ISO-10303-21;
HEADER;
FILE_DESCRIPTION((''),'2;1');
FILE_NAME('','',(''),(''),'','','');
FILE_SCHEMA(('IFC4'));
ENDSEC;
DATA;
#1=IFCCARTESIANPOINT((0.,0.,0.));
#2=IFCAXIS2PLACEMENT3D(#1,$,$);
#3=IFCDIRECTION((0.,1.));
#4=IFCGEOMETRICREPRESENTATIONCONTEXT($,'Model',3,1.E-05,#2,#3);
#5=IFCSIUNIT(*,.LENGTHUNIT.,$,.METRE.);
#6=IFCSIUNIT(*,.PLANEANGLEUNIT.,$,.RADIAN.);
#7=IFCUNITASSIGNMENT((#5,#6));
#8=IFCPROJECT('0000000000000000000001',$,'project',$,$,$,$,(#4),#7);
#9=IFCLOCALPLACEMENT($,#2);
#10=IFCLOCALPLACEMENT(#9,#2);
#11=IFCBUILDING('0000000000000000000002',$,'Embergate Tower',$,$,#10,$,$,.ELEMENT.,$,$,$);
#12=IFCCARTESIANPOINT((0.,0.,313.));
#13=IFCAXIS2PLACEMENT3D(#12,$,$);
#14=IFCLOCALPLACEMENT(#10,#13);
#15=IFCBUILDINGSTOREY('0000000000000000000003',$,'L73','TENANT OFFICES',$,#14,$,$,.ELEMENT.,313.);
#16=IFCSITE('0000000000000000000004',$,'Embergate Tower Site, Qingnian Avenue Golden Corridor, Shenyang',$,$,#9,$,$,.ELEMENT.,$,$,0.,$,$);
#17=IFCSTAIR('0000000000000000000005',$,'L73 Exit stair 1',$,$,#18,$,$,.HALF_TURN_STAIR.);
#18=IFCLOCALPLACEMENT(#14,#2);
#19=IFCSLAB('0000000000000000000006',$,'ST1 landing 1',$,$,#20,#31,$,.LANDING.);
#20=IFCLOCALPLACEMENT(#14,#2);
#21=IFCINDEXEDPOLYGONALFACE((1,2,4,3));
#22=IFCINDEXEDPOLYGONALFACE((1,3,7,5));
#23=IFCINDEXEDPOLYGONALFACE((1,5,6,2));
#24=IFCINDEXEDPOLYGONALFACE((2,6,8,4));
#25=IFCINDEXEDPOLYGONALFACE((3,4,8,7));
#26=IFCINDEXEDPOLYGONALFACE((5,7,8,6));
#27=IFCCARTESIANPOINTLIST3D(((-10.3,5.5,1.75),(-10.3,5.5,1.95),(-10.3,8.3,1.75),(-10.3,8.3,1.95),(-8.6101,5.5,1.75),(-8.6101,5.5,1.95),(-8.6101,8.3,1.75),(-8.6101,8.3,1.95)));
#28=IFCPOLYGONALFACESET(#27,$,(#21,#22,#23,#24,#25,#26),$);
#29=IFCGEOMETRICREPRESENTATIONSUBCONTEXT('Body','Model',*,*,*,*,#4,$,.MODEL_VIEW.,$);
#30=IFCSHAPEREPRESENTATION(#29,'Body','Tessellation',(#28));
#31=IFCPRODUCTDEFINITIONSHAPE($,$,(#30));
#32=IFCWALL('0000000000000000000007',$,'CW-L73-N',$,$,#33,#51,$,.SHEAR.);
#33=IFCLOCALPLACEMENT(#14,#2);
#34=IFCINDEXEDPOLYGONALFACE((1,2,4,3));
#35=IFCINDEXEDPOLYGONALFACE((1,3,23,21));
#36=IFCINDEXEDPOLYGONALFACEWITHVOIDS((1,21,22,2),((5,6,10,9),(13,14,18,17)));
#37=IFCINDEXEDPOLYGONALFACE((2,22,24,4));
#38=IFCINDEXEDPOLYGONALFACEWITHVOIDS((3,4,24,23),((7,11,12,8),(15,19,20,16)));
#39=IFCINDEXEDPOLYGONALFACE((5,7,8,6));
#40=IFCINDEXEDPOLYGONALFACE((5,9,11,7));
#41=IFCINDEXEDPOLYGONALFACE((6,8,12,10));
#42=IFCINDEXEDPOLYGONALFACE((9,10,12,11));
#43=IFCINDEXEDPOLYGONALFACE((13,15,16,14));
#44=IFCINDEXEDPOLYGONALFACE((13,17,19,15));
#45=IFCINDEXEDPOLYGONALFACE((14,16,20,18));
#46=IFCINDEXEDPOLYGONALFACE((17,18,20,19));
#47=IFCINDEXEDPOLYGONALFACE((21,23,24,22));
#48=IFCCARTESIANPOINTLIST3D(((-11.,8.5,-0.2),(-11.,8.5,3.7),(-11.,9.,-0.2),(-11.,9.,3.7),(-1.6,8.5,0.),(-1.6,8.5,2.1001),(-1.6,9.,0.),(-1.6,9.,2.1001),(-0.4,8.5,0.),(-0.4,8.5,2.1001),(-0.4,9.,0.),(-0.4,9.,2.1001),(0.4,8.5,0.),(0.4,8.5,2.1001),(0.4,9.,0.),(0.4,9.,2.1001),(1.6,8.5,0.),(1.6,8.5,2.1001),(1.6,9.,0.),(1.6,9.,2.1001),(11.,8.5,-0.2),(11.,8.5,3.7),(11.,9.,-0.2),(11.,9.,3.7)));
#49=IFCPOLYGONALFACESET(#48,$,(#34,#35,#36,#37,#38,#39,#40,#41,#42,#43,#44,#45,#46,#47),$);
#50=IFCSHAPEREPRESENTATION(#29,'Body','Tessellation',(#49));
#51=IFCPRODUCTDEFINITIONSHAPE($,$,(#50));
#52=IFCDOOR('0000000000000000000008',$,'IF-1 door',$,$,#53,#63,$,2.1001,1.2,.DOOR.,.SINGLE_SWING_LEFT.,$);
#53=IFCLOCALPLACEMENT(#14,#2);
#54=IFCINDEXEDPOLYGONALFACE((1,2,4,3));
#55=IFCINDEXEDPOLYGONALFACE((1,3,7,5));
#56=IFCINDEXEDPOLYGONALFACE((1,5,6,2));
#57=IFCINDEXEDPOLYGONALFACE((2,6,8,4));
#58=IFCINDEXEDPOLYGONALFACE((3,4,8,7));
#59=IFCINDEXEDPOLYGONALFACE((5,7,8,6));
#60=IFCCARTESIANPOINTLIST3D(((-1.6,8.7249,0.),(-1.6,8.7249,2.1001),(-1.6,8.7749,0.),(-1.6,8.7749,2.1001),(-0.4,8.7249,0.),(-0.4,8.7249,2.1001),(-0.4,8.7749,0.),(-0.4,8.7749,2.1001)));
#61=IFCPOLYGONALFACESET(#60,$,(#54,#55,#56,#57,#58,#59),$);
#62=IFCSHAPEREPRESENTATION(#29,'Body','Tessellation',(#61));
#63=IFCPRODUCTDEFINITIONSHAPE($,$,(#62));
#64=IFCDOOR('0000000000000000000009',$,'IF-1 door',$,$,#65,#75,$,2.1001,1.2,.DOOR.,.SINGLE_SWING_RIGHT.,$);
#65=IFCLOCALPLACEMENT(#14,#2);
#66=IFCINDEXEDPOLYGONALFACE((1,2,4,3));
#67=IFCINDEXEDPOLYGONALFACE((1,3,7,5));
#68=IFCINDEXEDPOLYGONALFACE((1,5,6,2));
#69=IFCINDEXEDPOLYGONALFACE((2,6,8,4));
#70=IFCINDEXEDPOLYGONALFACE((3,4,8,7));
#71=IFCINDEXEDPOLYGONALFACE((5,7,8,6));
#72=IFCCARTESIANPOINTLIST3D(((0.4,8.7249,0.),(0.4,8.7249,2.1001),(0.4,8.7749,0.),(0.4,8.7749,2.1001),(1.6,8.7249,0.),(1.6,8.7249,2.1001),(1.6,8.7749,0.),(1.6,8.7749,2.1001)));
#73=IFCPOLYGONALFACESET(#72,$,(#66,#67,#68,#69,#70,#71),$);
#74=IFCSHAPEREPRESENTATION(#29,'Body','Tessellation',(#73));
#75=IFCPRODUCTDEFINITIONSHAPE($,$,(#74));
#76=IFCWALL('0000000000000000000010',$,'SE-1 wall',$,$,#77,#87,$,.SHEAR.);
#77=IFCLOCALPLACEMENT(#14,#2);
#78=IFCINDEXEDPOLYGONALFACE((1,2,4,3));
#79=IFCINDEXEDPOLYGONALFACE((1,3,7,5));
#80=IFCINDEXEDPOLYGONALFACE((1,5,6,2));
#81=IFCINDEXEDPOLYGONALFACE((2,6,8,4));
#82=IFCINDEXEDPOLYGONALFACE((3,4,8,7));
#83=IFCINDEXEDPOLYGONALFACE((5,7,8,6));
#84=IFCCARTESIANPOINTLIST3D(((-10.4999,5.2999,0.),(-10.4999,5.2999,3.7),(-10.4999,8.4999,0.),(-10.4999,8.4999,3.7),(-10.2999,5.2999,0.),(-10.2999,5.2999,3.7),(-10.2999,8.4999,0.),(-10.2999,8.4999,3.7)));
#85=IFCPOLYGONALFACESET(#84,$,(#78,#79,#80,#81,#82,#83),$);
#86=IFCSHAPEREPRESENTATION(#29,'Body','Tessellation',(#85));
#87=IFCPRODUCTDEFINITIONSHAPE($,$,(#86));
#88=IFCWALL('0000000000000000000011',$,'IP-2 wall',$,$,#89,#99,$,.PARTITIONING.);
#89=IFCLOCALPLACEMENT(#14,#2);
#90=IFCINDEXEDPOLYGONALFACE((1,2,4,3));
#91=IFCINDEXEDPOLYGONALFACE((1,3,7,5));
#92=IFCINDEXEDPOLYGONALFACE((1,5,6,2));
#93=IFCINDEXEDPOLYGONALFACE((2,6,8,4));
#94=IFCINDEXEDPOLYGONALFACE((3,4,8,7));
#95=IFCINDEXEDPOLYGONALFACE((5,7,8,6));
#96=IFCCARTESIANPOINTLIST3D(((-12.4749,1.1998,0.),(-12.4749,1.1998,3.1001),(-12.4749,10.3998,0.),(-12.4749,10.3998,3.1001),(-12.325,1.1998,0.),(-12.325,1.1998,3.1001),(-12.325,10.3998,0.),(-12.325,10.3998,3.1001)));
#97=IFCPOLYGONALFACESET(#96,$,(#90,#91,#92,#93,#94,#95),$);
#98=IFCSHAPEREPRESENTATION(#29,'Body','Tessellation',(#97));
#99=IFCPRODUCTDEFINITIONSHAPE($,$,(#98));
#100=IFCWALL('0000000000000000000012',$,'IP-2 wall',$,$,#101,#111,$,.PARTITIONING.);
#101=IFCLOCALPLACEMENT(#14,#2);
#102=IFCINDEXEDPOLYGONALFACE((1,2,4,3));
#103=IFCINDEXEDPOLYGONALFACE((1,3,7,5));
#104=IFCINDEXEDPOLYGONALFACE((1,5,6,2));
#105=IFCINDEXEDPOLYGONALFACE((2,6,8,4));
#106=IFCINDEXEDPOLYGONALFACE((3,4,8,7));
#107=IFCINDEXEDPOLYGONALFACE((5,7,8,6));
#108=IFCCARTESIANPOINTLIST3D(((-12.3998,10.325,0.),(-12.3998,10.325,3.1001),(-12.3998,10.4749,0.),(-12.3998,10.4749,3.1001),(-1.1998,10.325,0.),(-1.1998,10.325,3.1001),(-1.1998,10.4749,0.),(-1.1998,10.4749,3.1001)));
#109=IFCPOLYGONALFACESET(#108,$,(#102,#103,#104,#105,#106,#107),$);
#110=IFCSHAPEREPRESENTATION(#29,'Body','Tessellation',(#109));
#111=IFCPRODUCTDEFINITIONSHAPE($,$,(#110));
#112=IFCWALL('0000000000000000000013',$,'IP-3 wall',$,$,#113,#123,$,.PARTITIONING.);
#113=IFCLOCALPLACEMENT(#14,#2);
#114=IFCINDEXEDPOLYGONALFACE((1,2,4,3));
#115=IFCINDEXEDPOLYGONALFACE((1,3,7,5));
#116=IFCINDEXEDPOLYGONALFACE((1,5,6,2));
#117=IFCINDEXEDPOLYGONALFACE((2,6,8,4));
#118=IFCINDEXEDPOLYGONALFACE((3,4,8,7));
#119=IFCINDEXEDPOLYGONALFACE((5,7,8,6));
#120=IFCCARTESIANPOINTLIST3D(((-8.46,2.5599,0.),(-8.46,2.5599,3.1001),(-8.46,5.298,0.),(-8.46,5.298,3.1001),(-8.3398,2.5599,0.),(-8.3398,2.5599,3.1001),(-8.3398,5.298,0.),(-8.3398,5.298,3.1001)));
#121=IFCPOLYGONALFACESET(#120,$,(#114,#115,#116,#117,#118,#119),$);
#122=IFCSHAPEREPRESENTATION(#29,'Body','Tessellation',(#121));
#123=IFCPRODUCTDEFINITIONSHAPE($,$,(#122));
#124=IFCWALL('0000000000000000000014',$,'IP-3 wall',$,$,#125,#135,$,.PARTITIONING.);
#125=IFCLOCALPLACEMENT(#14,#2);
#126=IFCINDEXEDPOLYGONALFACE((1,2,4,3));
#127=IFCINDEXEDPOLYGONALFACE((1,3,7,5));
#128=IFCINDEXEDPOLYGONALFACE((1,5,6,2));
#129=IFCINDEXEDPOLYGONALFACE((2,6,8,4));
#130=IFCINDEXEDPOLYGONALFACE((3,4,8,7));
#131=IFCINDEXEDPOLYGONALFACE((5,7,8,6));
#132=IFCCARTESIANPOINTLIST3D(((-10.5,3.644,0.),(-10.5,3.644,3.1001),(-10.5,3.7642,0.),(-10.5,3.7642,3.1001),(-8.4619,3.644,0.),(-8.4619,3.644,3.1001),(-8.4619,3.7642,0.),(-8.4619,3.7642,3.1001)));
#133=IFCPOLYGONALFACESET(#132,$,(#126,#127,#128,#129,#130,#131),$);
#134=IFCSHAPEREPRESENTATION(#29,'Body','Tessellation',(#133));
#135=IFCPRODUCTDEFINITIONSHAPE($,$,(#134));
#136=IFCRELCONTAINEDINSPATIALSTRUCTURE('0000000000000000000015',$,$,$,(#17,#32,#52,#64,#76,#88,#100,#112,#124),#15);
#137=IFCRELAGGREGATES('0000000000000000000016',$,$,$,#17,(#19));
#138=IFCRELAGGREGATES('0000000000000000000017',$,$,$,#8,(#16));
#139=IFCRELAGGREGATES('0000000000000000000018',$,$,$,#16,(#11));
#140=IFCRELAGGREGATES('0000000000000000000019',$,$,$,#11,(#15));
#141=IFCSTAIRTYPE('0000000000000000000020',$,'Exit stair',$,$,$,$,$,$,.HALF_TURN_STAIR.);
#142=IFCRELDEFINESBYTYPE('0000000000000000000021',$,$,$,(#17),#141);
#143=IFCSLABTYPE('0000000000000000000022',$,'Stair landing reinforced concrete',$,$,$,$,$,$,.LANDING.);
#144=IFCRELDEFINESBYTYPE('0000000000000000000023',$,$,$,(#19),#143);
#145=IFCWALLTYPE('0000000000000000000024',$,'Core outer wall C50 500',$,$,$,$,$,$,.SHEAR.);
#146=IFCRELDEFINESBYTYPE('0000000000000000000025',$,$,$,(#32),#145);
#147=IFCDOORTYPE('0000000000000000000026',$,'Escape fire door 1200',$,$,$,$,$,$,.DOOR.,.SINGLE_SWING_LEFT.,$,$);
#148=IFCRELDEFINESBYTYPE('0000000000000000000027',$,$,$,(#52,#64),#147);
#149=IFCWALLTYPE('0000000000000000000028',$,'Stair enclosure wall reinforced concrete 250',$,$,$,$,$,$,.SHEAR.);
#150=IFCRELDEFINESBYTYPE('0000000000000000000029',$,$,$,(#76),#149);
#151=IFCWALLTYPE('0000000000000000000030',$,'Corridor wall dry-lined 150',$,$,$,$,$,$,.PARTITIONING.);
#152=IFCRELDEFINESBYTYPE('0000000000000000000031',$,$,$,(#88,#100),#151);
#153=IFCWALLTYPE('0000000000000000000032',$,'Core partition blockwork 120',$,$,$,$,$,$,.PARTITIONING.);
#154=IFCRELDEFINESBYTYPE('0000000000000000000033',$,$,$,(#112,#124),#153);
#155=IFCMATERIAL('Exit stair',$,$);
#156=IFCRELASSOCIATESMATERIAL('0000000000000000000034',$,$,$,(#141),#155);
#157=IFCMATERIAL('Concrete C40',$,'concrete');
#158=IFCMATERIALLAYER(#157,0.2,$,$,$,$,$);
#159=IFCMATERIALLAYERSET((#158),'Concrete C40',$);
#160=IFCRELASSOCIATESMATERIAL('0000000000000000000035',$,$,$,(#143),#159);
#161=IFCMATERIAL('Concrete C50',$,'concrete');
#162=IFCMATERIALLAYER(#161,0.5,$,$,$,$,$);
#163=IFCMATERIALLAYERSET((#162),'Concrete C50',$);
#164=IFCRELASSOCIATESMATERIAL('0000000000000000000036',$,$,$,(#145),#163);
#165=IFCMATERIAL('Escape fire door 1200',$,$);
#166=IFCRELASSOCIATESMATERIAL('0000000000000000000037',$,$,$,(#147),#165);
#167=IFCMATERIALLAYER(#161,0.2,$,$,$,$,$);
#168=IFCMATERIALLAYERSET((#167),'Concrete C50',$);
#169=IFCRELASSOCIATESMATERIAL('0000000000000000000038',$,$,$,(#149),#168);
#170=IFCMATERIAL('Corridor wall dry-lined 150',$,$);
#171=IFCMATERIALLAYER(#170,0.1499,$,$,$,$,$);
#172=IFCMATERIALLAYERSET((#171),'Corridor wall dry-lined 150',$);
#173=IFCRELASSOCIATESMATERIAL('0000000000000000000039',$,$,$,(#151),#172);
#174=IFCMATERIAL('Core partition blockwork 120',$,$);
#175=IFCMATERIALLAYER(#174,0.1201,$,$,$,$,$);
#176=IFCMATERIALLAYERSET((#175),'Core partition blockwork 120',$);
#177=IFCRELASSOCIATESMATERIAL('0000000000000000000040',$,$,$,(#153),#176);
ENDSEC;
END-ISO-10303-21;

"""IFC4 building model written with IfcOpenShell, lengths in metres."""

from ifc_helpers import new_model, si_unit, direction, frame, frame_2d, origin, place, context, subcontext, project, spatial, polyline, rectangle, outline, extrude, source, transform, mapped, material, layer, layer_set, type_object, element, fill, aggregate, save


model = new_model("IFC4")

# Units and contexts
model_context = context("Model", 3, precision=1e-05, world=origin(), true_north=direction((0.0, 1.0)))
body_context = subcontext(model_context, "Body", "Model", "MODEL_VIEW")
ifc_project = project(units=[si_unit("LENGTHUNIT", "METRE"), si_unit("PLANEANGLEUNIT", "RADIAN")], contexts=[model_context])

# Site, building, storey
site_placement = place(None, origin())
site = spatial("IfcSite", under=ifc_project, at=site_placement, Name="Embergate Tower Site, Qingnian Avenue Golden Corridor, Shenyang", CompositionType="ELEMENT", RefElevation=0.0)
building_placement = place(site_placement, origin())
building = spatial("IfcBuilding", under=site, at=building_placement, Name="Embergate Tower", CompositionType="ELEMENT")
storey_placement = place(building_placement, frame((0.0, 0.0, 313.0)))
storey = spatial("IfcBuildingStorey", under=building, at=storey_placement, Name="L73", Description="TENANT OFFICES", CompositionType="ELEMENT", Elevation=313.0)

# Stair, slab
ifc_material_1 = material(Name="Exit stair")
stair_type = type_object("IfcStairType", Name="Exit stair", PredefinedType="HALF_TURN_STAIR", material=ifc_material_1)
stair_placement = place(storey_placement, origin())
stair = element("IfcStair", 1, at=stair_placement, inside=storey, type_object=stair_type, Name="L73 Exit stair 1", PredefinedType="HALF_TURN_STAIR")
ifc_material_2 = material(Name="Concrete C40", Category="concrete")
ifc_layer_1 = layer(ifc_material_2, 0.2)
ifc_layer_set_1 = layer_set([ifc_layer_1], Name="Concrete C40")
slab_type = type_object("IfcSlabType", Name="Stair landing reinforced concrete", PredefinedType="LANDING", material=ifc_layer_set_1)
shared_shape_1 = source(origin(), body_context, "Body", "SweptSolid", [
    extrude(outline(polyline([(0.0, 0.0), (1.6899, 0.0), (1.6899, 2.8), (0.0, 2.8), (0.0, 0.0)])), origin(), (0.0, 0.0, 1.0), 0.2),
])
slab_placement = place(storey_placement, frame((-10.3, 5.5, 1.75)))
slab = element("IfcSlab", 2, at=slab_placement, type_object=slab_type, Name="ST1 landing 1", PredefinedType="LANDING", context=body_context, shape_type="MappedRepresentation", body=[
    mapped(shared_shape_1, transform((0.0, 0.0, 0.0))),
])

# Wall, openings, doors
ifc_material_3 = material(Name="Concrete C50", Category="concrete")
ifc_layer_2 = layer(ifc_material_3, 0.5)
ifc_layer_set_2 = layer_set([ifc_layer_2], Name="Concrete C50")
wall_type_1 = type_object("IfcWallType", Name="Core outer wall C50 500", PredefinedType="SHEAR", material=ifc_layer_set_2)
shared_shape_2 = source(origin(), body_context, "Body", "SweptSolid", [
    extrude(rectangle(XDim=22.0, YDim=0.5, at=frame_2d((11.0, 0.0))), origin(), (0.0, 0.0, 1.0), 3.8999),
])
wall_1_placement = place(storey_placement, frame((-11.0, 8.75, -0.2), z_axis=(0.0, 0.0, 1.0), x_axis=(1.0, 0.0, 0.0)))
wall_1 = element("IfcWall", 3, at=wall_1_placement, inside=storey, type_object=wall_type_1, Name="CW-L73-N", PredefinedType="SHEAR", context=body_context, shape_type="MappedRepresentation", body=[
    mapped(shared_shape_2, transform((0.0, 0.0, 0.0))),
])
shared_shape_3 = source(origin(), body_context, "Body", "SweptSolid", [
    extrude(rectangle(XDim=1.2, YDim=2.1001, at=frame_2d((0.6001, 1.05))), frame((0.0, 0.26, 0.0), z_axis=(0.0, -1.0, 0.0), x_axis=(1.0, 0.0, 0.0)), (0.0, 0.0, 1.0), 0.52),
])
opening_1_placement = place(wall_1_placement, frame((9.3999, 0.0, 0.2)))
opening_1 = element("IfcOpeningElement", 4, at=opening_1_placement, cuts=wall_1, PredefinedType="OPENING", context=body_context, shape_type="MappedRepresentation", body=[
    mapped(shared_shape_3, transform((0.0, 0.0, 0.0))),
])
opening_2_placement = place(wall_1_placement, frame((11.3999, 0.0, 0.2)))
opening_2 = element("IfcOpeningElement", 5, at=opening_2_placement, cuts=wall_1, PredefinedType="OPENING", context=body_context, shape_type="MappedRepresentation", body=[
    mapped(shared_shape_3, transform((0.0, 0.0, 0.0))),
])
ifc_material_4 = material(Name="Escape fire door 1200")
door_type_1 = type_object("IfcDoorType", Name="Escape fire door 1200", OperationType="SINGLE_SWING_LEFT", PredefinedType="DOOR", material=ifc_material_4)
shared_shape_4 = source(origin(), body_context, "Body", "SweptSolid", [
    extrude(rectangle(XDim=1.2, YDim=2.1001, at=frame_2d((0.6001, 1.05))), frame((0.0, 0.0249, 0.0), z_axis=(0.0, -1.0, 0.0), x_axis=(1.0, 0.0, 0.0)), (0.0, 0.0, 1.0), 0.05),
])
door_1_placement = place(opening_1_placement, origin())
door_1 = element("IfcDoor", 6, at=door_1_placement, inside=storey, type_object=door_type_1, Name="IF-1 door", OperationType="SINGLE_SWING_LEFT", OverallHeight=2.1001, OverallWidth=1.2, PredefinedType="DOOR", context=body_context, shape_type="MappedRepresentation", body=[
    mapped(shared_shape_4, transform((0.0, 0.0, 0.0))),
])
fill(opening_1, door_1)
door_2_placement = place(opening_2_placement, origin())
door_2 = element("IfcDoor", 7, at=door_2_placement, inside=storey, type_object=door_type_1, Name="IF-1 door", OperationType="SINGLE_SWING_RIGHT", OverallHeight=2.1001, OverallWidth=1.2, PredefinedType="DOOR", context=body_context, shape_type="MappedRepresentation", body=[
    mapped(shared_shape_4, transform((0.0, 0.0, 0.0))),
])
fill(opening_2, door_2)

# Walls
ifc_layer_3 = layer(ifc_material_3, 0.2)
ifc_layer_set_3 = layer_set([ifc_layer_3], Name="Concrete C50")
wall_type_2 = type_object("IfcWallType", Name="Stair enclosure wall reinforced concrete 250", PredefinedType="SHEAR", material=ifc_layer_set_3)
shared_shape_5 = source(origin(), body_context, "Body", "SweptSolid", [
    extrude(rectangle(XDim=3.2, YDim=0.2, at=frame_2d((1.6001, 0.0))), origin(), (0.0, 0.0, 1.0), 3.7),
])
wall_2_placement = place(storey_placement, frame((-10.3999, 8.5, 0.0), z_axis=(0.0, 0.0, 1.0), x_axis=(0.0, -1.0, 0.0)))
element("IfcWall", 8, at=wall_2_placement, inside=storey, type_object=wall_type_2, Name="SE-1 wall", PredefinedType="SHEAR", context=body_context, shape_type="MappedRepresentation", body=[
    mapped(shared_shape_5, transform((0.0, 0.0, 0.0))),
])
ifc_material_5 = material(Name="Corridor wall dry-lined 150")
ifc_layer_4 = layer(ifc_material_5, 0.1499)
ifc_layer_set_4 = layer_set([ifc_layer_4], Name="Corridor wall dry-lined 150")
wall_type_3 = type_object("IfcWallType", Name="Corridor wall dry-lined 150", PredefinedType="PARTITIONING", material=ifc_layer_set_4)
shared_shape_6 = source(origin(), body_context, "Body", "SweptSolid", [
    extrude(rectangle(XDim=9.2, YDim=0.1499, at=frame_2d((4.6001, 0.0))), origin(), (0.0, 0.0, 1.0), 3.1001),
])
wall_3_placement = place(storey_placement, frame((-12.3999, 10.3999, 0.0), z_axis=(0.0, 0.0, 1.0), x_axis=(0.0, -1.0, 0.0)))
element("IfcWall", 9, at=wall_3_placement, inside=storey, type_object=wall_type_3, Name="IP-2 wall", PredefinedType="PARTITIONING", context=body_context, shape_type="MappedRepresentation", body=[
    mapped(shared_shape_6, transform((0.0, 0.0, 0.0))),
])
shared_shape_7 = source(origin(), body_context, "Body", "SweptSolid", [
    extrude(rectangle(XDim=11.2, YDim=0.1499, at=frame_2d((5.6001, 0.0))), origin(), (0.0, 0.0, 1.0), 3.1001),
])
wall_4_placement = place(storey_placement, frame((-12.3999, 10.3999, 0.0), z_axis=(0.0, 0.0, 1.0), x_axis=(1.0, 0.0, 0.0)))
element("IfcWall", 10, at=wall_4_placement, inside=storey, type_object=wall_type_3, Name="IP-2 wall", PredefinedType="PARTITIONING", context=body_context, shape_type="MappedRepresentation", body=[
    mapped(shared_shape_7, transform((0.0, 0.0, 0.0))),
])
ifc_material_6 = material(Name="Core partition blockwork 120")
ifc_layer_5 = layer(ifc_material_6, 0.1201)
ifc_layer_set_5 = layer_set([ifc_layer_5], Name="Core partition blockwork 120")
wall_type_4 = type_object("IfcWallType", Name="Core partition blockwork 120", PredefinedType="PARTITIONING", material=ifc_layer_set_5)
shared_shape_8 = source(origin(), body_context, "Body", "SweptSolid", [
    extrude(rectangle(XDim=2.738, YDim=0.1201, at=frame_2d((1.3691, 0.0))), origin(), (0.0, 0.0, 1.0), 3.1001),
])
wall_5_placement = place(storey_placement, frame((-8.3999, 5.2981, 0.0), z_axis=(0.0, 0.0, 1.0), x_axis=(0.0, -1.0, 0.0)))
element("IfcWall", 11, at=wall_5_placement, inside=storey, type_object=wall_type_4, Name="IP-3 wall", PredefinedType="PARTITIONING", context=body_context, shape_type="MappedRepresentation", body=[
    mapped(shared_shape_8, transform((0.0, 0.0, 0.0))),
])
shared_shape_9 = source(origin(), body_context, "Body", "SweptSolid", [
    extrude(rectangle(XDim=2.0381, YDim=0.1201, at=frame_2d((1.019, 0.0))), origin(), (0.0, 0.0, 1.0), 3.1001),
])
wall_6_placement = place(storey_placement, frame((-8.4619, 3.7041, 0.0), z_axis=(0.0, 0.0, 1.0), x_axis=(-1.0, 0.0, 0.0)))
element("IfcWall", 12, at=wall_6_placement, inside=storey, type_object=wall_type_4, Name="IP-3 wall", PredefinedType="PARTITIONING", context=body_context, shape_type="MappedRepresentation", body=[
    mapped(shared_shape_9, transform((0.0, 0.0, 0.0))),
])

aggregate(stair, [slab])

save(model, "model.ifc")
